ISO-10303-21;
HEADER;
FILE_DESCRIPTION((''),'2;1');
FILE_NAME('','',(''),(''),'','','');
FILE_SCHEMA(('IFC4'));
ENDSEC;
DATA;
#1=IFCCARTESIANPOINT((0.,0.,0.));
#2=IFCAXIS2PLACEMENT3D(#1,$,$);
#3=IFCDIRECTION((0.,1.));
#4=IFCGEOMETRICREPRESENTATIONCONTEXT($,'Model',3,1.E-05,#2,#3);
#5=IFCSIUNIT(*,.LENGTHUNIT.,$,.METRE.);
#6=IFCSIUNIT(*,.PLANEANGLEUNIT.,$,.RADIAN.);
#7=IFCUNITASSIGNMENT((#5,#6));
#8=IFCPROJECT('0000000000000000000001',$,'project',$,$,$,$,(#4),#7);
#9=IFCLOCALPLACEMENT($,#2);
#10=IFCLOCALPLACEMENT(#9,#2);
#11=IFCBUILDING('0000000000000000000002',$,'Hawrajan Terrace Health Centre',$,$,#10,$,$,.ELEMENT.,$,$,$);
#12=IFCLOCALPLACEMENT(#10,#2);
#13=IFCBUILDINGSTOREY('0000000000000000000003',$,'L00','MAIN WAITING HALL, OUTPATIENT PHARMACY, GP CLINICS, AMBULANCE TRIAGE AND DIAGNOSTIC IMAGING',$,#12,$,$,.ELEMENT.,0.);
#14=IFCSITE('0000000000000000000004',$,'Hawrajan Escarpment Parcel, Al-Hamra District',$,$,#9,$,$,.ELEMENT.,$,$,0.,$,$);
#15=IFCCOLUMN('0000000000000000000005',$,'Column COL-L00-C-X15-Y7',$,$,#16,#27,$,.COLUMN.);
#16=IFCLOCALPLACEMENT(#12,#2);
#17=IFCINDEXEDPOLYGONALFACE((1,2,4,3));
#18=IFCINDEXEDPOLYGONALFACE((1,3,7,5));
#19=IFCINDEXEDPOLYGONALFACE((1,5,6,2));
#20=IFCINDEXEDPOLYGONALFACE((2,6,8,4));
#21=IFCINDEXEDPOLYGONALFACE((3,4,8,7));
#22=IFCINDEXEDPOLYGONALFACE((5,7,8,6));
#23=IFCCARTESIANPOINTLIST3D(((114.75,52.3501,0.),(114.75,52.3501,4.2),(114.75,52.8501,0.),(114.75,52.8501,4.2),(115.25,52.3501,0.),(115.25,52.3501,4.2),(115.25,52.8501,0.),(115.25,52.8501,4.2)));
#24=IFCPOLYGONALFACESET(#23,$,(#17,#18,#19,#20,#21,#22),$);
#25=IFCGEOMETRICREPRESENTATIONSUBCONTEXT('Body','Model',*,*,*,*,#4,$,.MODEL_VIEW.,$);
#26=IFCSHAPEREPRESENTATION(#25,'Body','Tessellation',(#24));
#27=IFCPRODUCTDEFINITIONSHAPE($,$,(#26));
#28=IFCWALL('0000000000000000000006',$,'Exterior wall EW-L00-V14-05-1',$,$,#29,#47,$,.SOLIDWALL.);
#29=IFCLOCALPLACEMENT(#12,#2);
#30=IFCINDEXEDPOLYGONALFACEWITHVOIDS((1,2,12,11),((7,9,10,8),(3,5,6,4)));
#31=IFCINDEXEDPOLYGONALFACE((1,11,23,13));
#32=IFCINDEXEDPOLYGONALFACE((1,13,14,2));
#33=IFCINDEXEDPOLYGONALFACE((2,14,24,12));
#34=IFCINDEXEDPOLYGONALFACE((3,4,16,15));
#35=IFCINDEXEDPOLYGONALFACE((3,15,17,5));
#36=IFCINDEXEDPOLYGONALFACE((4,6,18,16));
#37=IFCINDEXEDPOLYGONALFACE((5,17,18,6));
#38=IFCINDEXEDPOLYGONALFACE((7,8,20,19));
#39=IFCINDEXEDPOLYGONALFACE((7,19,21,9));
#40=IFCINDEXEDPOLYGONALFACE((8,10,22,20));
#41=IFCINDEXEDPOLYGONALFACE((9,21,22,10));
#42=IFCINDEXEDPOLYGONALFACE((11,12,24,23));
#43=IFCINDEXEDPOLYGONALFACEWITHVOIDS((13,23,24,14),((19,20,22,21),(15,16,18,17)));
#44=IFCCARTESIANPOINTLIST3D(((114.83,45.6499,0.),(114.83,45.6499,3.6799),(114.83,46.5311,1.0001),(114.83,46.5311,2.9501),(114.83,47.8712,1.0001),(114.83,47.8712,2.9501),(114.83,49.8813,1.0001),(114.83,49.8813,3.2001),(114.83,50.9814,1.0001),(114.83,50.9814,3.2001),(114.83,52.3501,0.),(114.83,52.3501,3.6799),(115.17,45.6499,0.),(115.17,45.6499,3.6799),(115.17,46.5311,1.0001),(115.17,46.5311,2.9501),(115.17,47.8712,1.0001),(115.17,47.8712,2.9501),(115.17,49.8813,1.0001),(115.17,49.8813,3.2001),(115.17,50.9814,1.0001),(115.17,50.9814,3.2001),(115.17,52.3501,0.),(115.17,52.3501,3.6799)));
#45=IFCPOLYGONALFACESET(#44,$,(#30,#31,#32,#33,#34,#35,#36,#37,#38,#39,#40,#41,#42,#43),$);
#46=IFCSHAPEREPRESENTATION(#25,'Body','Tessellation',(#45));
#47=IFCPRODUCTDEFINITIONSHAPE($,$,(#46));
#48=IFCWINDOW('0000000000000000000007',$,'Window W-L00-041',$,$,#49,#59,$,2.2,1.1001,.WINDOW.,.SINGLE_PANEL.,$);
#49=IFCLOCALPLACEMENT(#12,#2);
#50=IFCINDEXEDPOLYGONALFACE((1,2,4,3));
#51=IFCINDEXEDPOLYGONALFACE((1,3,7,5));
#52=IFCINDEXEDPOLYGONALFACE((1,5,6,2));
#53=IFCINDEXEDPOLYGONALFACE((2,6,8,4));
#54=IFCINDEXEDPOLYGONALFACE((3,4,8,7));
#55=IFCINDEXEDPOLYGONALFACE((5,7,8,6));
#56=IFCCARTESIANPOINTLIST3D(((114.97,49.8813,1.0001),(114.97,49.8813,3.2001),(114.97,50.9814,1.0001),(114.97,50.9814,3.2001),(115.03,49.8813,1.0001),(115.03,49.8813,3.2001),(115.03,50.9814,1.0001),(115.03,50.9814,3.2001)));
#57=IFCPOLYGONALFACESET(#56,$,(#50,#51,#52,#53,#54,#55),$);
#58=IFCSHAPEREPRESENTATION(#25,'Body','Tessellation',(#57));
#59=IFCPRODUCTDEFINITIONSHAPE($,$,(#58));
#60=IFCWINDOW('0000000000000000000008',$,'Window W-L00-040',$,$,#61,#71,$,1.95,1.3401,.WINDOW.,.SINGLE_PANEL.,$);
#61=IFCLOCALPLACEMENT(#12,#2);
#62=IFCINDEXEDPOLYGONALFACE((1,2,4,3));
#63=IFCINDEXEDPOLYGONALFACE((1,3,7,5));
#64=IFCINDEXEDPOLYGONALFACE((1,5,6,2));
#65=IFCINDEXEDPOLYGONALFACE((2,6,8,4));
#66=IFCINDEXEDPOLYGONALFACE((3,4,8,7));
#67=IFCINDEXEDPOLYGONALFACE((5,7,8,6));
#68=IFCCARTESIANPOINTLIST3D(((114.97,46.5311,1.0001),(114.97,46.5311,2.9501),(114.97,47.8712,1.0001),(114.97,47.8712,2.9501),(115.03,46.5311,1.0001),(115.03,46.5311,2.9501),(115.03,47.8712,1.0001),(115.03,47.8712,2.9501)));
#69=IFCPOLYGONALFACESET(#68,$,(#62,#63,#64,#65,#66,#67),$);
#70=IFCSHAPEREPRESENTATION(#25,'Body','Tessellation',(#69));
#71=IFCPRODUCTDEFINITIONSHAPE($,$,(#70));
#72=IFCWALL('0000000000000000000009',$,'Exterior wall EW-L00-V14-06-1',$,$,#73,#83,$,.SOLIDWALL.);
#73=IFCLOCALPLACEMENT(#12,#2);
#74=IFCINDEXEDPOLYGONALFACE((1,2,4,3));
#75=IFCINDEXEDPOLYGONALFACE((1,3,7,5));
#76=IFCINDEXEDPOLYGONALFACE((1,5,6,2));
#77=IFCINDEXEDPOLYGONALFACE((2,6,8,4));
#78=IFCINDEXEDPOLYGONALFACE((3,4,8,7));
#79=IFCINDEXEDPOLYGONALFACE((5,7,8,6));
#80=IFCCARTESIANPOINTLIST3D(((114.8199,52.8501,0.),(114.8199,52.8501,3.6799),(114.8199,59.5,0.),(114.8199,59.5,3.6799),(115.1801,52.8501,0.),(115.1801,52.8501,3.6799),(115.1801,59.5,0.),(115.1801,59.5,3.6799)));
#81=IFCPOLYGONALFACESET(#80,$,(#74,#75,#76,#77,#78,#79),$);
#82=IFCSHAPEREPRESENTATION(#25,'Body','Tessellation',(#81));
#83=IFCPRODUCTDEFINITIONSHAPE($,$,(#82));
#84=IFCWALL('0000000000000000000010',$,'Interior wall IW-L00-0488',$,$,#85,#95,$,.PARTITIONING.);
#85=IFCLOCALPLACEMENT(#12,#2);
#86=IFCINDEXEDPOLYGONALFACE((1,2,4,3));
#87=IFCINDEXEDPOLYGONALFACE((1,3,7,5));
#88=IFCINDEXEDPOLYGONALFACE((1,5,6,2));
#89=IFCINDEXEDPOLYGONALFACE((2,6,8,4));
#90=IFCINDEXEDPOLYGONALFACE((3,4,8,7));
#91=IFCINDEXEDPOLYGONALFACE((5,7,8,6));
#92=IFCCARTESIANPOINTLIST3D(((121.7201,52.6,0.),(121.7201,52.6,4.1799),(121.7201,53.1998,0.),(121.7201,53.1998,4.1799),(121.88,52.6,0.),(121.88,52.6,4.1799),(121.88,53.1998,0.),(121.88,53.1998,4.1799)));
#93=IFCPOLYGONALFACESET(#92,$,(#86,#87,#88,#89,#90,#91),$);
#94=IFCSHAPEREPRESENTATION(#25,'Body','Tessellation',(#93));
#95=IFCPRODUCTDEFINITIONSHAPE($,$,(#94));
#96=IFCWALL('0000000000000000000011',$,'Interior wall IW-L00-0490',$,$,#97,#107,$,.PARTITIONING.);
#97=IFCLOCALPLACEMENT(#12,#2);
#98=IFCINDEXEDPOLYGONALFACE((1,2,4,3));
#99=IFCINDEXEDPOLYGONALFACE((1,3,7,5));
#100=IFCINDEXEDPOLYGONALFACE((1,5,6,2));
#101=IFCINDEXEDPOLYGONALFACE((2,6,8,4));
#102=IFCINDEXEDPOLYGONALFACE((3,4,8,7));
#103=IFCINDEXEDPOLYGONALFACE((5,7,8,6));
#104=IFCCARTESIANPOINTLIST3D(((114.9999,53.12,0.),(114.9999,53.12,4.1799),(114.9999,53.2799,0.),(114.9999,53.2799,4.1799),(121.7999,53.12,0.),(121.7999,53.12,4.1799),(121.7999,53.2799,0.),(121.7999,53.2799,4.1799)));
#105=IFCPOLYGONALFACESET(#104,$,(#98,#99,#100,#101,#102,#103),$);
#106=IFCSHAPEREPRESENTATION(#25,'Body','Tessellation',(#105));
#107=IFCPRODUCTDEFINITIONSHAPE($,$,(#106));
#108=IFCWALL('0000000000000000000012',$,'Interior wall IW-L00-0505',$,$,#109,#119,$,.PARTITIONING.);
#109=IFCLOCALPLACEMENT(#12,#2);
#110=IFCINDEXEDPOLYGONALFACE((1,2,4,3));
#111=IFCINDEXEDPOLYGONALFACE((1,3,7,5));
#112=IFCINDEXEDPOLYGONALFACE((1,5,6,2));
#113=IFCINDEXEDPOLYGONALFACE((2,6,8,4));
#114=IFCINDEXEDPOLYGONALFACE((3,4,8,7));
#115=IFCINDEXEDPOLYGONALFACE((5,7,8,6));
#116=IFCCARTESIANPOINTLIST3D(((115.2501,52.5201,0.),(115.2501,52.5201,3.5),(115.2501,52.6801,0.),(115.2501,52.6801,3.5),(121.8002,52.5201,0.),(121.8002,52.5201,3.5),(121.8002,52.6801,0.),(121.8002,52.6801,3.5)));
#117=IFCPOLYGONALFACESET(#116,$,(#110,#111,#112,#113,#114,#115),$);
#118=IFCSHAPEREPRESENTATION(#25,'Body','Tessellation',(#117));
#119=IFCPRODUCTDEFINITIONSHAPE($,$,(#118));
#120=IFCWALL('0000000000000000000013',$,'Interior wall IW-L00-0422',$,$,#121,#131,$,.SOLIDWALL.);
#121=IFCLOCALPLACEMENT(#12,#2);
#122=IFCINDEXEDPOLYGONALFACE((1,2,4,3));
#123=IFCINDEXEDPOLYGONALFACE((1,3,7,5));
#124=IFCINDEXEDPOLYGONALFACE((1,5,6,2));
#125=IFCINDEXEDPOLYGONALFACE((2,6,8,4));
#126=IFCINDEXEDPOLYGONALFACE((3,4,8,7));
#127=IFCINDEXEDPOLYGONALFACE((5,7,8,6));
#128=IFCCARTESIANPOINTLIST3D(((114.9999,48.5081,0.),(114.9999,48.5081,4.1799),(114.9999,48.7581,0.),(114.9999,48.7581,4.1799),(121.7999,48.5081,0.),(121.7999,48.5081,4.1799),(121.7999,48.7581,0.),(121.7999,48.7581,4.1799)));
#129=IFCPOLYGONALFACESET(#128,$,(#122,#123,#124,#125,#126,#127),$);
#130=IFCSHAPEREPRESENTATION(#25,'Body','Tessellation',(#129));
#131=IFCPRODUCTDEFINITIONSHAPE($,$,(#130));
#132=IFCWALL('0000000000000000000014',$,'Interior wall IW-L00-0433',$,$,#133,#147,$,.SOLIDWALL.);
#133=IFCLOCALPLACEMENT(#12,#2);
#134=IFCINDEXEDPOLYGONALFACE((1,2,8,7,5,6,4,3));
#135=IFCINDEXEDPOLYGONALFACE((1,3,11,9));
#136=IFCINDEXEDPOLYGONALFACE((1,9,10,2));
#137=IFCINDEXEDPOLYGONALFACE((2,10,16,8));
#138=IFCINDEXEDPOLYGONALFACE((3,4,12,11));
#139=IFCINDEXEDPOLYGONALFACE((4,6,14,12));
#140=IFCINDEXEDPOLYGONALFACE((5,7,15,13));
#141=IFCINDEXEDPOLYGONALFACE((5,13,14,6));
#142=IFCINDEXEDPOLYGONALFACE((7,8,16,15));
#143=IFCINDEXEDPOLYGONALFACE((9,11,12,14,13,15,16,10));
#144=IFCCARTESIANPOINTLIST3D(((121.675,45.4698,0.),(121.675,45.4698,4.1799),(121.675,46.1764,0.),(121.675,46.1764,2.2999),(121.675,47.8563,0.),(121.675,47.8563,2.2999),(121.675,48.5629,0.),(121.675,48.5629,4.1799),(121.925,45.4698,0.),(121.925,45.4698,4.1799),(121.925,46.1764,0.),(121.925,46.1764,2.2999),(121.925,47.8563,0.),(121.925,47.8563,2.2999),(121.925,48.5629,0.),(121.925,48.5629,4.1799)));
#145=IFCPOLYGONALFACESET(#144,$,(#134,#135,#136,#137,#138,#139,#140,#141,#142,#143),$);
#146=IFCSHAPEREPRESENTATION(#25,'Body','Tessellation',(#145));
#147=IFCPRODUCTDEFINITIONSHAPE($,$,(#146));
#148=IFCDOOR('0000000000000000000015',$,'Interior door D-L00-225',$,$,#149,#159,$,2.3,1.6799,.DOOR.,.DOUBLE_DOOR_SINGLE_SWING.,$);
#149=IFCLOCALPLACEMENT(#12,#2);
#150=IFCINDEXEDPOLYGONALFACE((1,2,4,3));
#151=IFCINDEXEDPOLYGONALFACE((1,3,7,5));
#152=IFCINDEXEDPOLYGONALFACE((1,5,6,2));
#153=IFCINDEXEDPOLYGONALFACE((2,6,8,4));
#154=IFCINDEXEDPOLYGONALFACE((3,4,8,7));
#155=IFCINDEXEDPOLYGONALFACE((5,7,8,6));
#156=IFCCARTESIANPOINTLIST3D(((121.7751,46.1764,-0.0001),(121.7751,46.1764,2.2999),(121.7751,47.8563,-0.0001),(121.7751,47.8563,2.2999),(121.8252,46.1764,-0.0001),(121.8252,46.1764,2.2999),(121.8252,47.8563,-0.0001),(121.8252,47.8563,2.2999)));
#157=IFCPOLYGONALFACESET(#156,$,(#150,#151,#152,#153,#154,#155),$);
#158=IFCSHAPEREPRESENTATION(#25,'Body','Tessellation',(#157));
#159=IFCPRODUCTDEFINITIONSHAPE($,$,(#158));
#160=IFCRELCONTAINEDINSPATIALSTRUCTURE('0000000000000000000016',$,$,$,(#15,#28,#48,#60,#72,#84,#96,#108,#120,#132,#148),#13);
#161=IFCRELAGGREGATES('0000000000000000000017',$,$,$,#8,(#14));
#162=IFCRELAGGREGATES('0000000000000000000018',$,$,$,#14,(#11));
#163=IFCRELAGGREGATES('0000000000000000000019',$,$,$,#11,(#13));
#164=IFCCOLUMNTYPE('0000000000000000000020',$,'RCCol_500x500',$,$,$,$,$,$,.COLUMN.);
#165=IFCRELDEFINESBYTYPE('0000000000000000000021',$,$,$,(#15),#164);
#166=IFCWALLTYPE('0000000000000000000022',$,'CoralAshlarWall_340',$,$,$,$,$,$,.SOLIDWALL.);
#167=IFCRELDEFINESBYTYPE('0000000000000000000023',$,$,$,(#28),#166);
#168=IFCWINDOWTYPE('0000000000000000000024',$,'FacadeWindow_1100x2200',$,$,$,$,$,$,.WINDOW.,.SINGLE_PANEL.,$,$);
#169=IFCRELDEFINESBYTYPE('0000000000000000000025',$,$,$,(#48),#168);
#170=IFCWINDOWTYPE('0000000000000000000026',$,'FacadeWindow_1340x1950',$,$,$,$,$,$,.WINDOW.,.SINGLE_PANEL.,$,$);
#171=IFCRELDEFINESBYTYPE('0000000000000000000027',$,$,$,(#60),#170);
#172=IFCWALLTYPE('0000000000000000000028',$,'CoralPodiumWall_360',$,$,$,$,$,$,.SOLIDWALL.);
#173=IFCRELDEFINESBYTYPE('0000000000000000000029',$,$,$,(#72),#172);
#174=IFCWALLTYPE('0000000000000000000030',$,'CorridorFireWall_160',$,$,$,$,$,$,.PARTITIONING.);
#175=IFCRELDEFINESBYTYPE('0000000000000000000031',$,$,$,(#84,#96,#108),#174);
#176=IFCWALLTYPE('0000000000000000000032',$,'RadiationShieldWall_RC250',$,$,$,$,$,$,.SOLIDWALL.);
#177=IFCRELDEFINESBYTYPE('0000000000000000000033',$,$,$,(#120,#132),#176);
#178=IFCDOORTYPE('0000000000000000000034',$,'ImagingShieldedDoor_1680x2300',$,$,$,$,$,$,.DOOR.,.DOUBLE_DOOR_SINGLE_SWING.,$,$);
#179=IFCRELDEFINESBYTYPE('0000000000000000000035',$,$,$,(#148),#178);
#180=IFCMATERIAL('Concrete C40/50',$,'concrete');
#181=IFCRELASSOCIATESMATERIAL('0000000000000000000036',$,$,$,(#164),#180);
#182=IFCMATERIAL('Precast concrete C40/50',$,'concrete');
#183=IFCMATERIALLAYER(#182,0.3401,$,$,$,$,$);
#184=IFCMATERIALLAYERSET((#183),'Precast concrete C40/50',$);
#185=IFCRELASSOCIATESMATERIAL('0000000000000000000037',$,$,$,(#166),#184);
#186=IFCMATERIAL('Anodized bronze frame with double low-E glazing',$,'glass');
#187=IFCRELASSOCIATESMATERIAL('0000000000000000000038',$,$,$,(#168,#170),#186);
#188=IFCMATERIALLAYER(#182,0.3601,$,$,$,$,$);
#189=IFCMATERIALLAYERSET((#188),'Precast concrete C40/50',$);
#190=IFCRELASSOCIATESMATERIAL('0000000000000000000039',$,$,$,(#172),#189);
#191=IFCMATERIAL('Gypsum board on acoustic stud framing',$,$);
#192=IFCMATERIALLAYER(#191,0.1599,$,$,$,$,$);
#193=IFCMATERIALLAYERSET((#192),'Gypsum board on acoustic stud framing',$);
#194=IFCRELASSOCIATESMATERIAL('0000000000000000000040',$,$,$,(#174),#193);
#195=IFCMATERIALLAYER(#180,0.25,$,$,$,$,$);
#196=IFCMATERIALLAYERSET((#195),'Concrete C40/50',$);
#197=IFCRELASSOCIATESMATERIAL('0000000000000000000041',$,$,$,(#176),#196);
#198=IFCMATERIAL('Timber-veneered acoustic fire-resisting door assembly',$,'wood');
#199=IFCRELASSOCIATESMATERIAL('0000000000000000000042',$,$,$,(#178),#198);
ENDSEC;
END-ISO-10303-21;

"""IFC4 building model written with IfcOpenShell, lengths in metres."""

from ifc_helpers import new_model, si_unit, direction, frame, frame_2d, origin, origin_2d, place, context, subcontext, project, spatial, rectangle, extrude, material, layer, layer_set, material_profile, profile_set, type_object, element, fill, save


model = new_model("IFC4")

# Units and contexts
model_context = context("Model", 3, precision=1e-05, world=origin(), true_north=direction((0.0, 1.0)))
body_context = subcontext(model_context, "Body", "Model", "MODEL_VIEW")
ifc_project = project(units=[si_unit("LENGTHUNIT", "METRE"), si_unit("PLANEANGLEUNIT", "RADIAN")], contexts=[model_context])

# Site, building, storey
site_placement = place(None, origin())
site = spatial("IfcSite", under=ifc_project, at=site_placement, Name="Hawrajan Escarpment Parcel, Al-Hamra District", CompositionType="ELEMENT", RefElevation=0.0)
building_placement = place(site_placement, origin())
building = spatial("IfcBuilding", under=site, at=building_placement, Name="Hawrajan Terrace Health Centre", CompositionType="ELEMENT")
storey_placement = place(building_placement, origin())
storey = spatial("IfcBuildingStorey", under=building, at=storey_placement, Name="L00", Description="MAIN WAITING HALL, OUTPATIENT PHARMACY, GP CLINICS, AMBULANCE TRIAGE AND DIAGNOSTIC IMAGING", CompositionType="ELEMENT", Elevation=0.0)

# Shared definitions
ifc_material_1 = material(Name="Concrete C40/50", Category="concrete")

# Column
ifc_material_profile_1 = material_profile(ifc_material_1, rectangle(XDim=0.5, YDim=0.5, at=origin_2d()), Name="RC 500x500")
ifc_profile_set_1 = profile_set([ifc_material_profile_1], Name="Concrete C40/50")
column_type = type_object("IfcColumnType", Name="RCCol_500x500", PredefinedType="COLUMN", material=ifc_profile_set_1)
column_placement = place(storey_placement, frame((115.0, 52.6001, 0.0), z_axis=(0.0, 0.0, 1.0), x_axis=(1.0, 0.0, 0.0)))
element("IfcColumn", 1, at=column_placement, inside=storey, type_object=column_type, Name="Column COL-L00-C-X15-Y7", PredefinedType="COLUMN", context=body_context, shape_type="SweptSolid", body=[
    extrude(rectangle(XDim=0.5, YDim=0.5, at=origin_2d()), origin(), (0.0, 0.0, 1.0), 4.2),
])

# Wall, openings, windows
ifc_material_2 = material(Name="Precast concrete C40/50", Category="concrete")
ifc_layer_1 = layer(ifc_material_2, 0.3401)
ifc_layer_set_1 = layer_set([ifc_layer_1], Name="Precast concrete C40/50")
wall_type_1 = type_object("IfcWallType", Name="CoralAshlarWall_340", PredefinedType="SOLIDWALL", material=ifc_layer_set_1)
wall_1_placement = place(storey_placement, frame((115.0, 45.6499, 0.0), z_axis=(0.0, 0.0, 1.0), x_axis=(0.0, 1.0, 0.0)))
wall_1 = element("IfcWall", 2, at=wall_1_placement, inside=storey, type_object=wall_type_1, Name="Exterior wall EW-L00-V14-05-1", PredefinedType="SOLIDWALL", context=body_context, shape_type="SweptSolid", body=[
    extrude(rectangle(XDim=6.7002, YDim=0.3401, at=frame_2d((3.3501, 0.0))), origin(), (0.0, 0.0, 1.0), 3.6799),
])
opening_1_placement = place(wall_1_placement, frame((0.8813, 0.0, 1.0)))
opening_1 = element("IfcOpeningElement", 3, at=opening_1_placement, cuts=wall_1, PredefinedType="OPENING", context=body_context, shape_type="SweptSolid", body=[
    extrude(rectangle(XDim=1.3401, YDim=1.95, at=frame_2d((0.6699, 0.9751))), frame((0.0, 0.1799, 0.0), z_axis=(0.0, -1.0, 0.0), x_axis=(1.0, 0.0, 0.0)), (0.0, 0.0, 1.0), 0.3601),
])
opening_2_placement = place(wall_1_placement, frame((4.2314, 0.0, 1.0)))
opening_2 = element("IfcOpeningElement", 4, at=opening_2_placement, cuts=wall_1, PredefinedType="OPENING", context=body_context, shape_type="SweptSolid", body=[
    extrude(rectangle(XDim=1.1001, YDim=2.2, at=frame_2d((0.55, 1.1001))), frame((0.0, 0.1799, 0.0), z_axis=(0.0, -1.0, 0.0), x_axis=(1.0, 0.0, 0.0)), (0.0, 0.0, 1.0), 0.3601),
])
ifc_material_3 = material(Name="Anodized bronze frame with double low-E glazing", Category="glass")
window_type_1 = type_object("IfcWindowType", Name="FacadeWindow_1100x2200", PartitioningType="SINGLE_PANEL", PredefinedType="WINDOW", material=ifc_material_3)
window_1_placement = place(opening_2_placement, origin())
window_1 = element("IfcWindow", 5, at=window_1_placement, inside=storey, type_object=window_type_1, Name="Window W-L00-041", OverallHeight=2.2, OverallWidth=1.1001, PartitioningType="SINGLE_PANEL", PredefinedType="WINDOW", context=body_context, shape_type="SweptSolid", body=[
    extrude(rectangle(XDim=1.1001, YDim=2.2, at=frame_2d((0.55, 1.1001))), frame((0.0, 0.03, 0.0), z_axis=(0.0, -1.0, 0.0), x_axis=(1.0, 0.0, 0.0)), (0.0, 0.0, 1.0), 0.0601),
])
fill(opening_2, window_1)
window_type_2 = type_object("IfcWindowType", Name="FacadeWindow_1340x1950", PartitioningType="SINGLE_PANEL", PredefinedType="WINDOW", material=ifc_material_3)
window_2_placement = place(opening_1_placement, origin())
window_2 = element("IfcWindow", 6, at=window_2_placement, inside=storey, type_object=window_type_2, Name="Window W-L00-040", OverallHeight=1.95, OverallWidth=1.3401, PartitioningType="SINGLE_PANEL", PredefinedType="WINDOW", context=body_context, shape_type="SweptSolid", body=[
    extrude(rectangle(XDim=1.3401, YDim=1.95, at=frame_2d((0.6699, 0.9751))), frame((0.0, 0.03, 0.0), z_axis=(0.0, -1.0, 0.0), x_axis=(1.0, 0.0, 0.0)), (0.0, 0.0, 1.0), 0.0601),
])
fill(opening_1, window_2)

# Walls
ifc_layer_2 = layer(ifc_material_2, 0.3601)
ifc_layer_set_2 = layer_set([ifc_layer_2], Name="Precast concrete C40/50")
wall_type_2 = type_object("IfcWallType", Name="CoralPodiumWall_360", PredefinedType="SOLIDWALL", material=ifc_layer_set_2)
wall_2_placement = place(storey_placement, frame((115.0, 52.8501, 0.0), z_axis=(0.0, 0.0, 1.0), x_axis=(0.0, 1.0, 0.0)))
element("IfcWall", 7, at=wall_2_placement, inside=storey, type_object=wall_type_2, Name="Exterior wall EW-L00-V14-06-1", PredefinedType="SOLIDWALL", context=body_context, shape_type="SweptSolid", body=[
    extrude(rectangle(XDim=6.6499, YDim=0.3601, at=frame_2d((3.325, 0.0))), origin(), (0.0, 0.0, 1.0), 3.6799),
])
ifc_material_4 = material(Name="Gypsum board on acoustic stud framing")
ifc_layer_3 = layer(ifc_material_4, 0.1599)
ifc_layer_set_3 = layer_set([ifc_layer_3], Name="Gypsum board on acoustic stud framing")
wall_type_3 = type_object("IfcWallType", Name="CorridorFireWall_160", PredefinedType="PARTITIONING", material=ifc_layer_set_3)
wall_3_placement = place(storey_placement, frame((121.8, 52.6001, 0.0), z_axis=(0.0, 0.0, 1.0), x_axis=(0.0, 1.0, 0.0)))
element("IfcWall", 8, at=wall_3_placement, inside=storey, type_object=wall_type_3, Name="Interior wall IW-L00-0488", PredefinedType="PARTITIONING", context=body_context, shape_type="SweptSolid", body=[
    extrude(rectangle(XDim=0.5999, YDim=0.1599, at=frame_2d((0.2998, 0.0))), origin(), (0.0, 0.0, 1.0), 4.1799),
])
wall_4_placement = place(storey_placement, frame((115.0, 53.2, 0.0), z_axis=(0.0, 0.0, 1.0), x_axis=(1.0, 0.0, 0.0)))
element("IfcWall", 9, at=wall_4_placement, inside=storey, type_object=wall_type_3, Name="Interior wall IW-L00-0490", PredefinedType="PARTITIONING", context=body_context, shape_type="SweptSolid", body=[
    extrude(rectangle(XDim=6.8, YDim=0.1599, at=frame_2d((3.3999, 0.0))), origin(), (0.0, 0.0, 1.0), 4.1799),
])
wall_5_placement = place(storey_placement, frame((121.8, 52.6001, 0.0), z_axis=(0.0, 0.0, 1.0), x_axis=(-1.0, 0.0, 0.0)))
element("IfcWall", 10, at=wall_5_placement, inside=storey, type_object=wall_type_3, Name="Interior wall IW-L00-0505", PredefinedType="PARTITIONING", context=body_context, shape_type="SweptSolid", body=[
    extrude(rectangle(XDim=6.55, YDim=0.1599, at=frame_2d((3.2749, 0.0))), origin(), (0.0, 0.0, 1.0), 3.5),
])
ifc_layer_4 = layer(ifc_material_1, 0.25)
ifc_layer_set_4 = layer_set([ifc_layer_4], Name="Concrete C40/50")
wall_type_4 = type_object("IfcWallType", Name="RadiationShieldWall_RC250", PredefinedType="SOLIDWALL", material=ifc_layer_set_4)
wall_6_placement = place(storey_placement, frame((115.0, 48.6331, 0.0), z_axis=(0.0, 0.0, 1.0), x_axis=(1.0, 0.0, 0.0)))
element("IfcWall", 11, at=wall_6_placement, inside=storey, type_object=wall_type_4, Name="Interior wall IW-L00-0422", PredefinedType="SOLIDWALL", context=body_context, shape_type="SweptSolid", body=[
    extrude(rectangle(XDim=6.8, YDim=0.25, at=frame_2d((3.3999, 0.0))), origin(), (0.0, 0.0, 1.0), 4.1799),
])

# Wall, opening, door
wall_7_placement = place(storey_placement, frame((121.8, 45.47, 0.0), z_axis=(0.0, 0.0, 1.0), x_axis=(0.0, 1.0, 0.0)))
wall_7 = element("IfcWall", 12, at=wall_7_placement, inside=storey, type_object=wall_type_4, Name="Interior wall IW-L00-0433", PredefinedType="SOLIDWALL", context=body_context, shape_type="SweptSolid", body=[
    extrude(rectangle(XDim=3.093, YDim=0.25, at=frame_2d((1.5464, 0.0))), origin(), (0.0, 0.0, 1.0), 4.1799),
])
opening_3_placement = place(wall_7_placement, frame((0.7065, 0.0, 0.0)))
opening_3 = element("IfcOpeningElement", 13, at=opening_3_placement, cuts=wall_7, PredefinedType="OPENING", context=body_context, shape_type="SweptSolid", body=[
    extrude(rectangle(XDim=1.6799, YDim=2.3, at=frame_2d((0.8398, 1.1499))), frame((0.0, 0.135, 0.0), z_axis=(0.0, -1.0, 0.0), x_axis=(1.0, 0.0, 0.0)), (0.0, 0.0, 1.0), 0.27),
])
ifc_material_5 = material(Name="Timber-veneered acoustic fire-resisting door assembly", Category="wood")
door_type_1 = type_object("IfcDoorType", Name="ImagingShieldedDoor_1680x2300", OperationType="DOUBLE_DOOR_SINGLE_SWING", PredefinedType="DOOR", material=ifc_material_5)
door_1_placement = place(opening_3_placement, origin())
door_1 = element("IfcDoor", 14, at=door_1_placement, inside=storey, type_object=door_type_1, Name="Interior door D-L00-225", OperationType="DOUBLE_DOOR_SINGLE_SWING", OverallHeight=2.3, OverallWidth=1.6799, PredefinedType="DOOR", context=body_context, shape_type="SweptSolid", body=[
    extrude(rectangle(XDim=1.6799, YDim=2.3, at=frame_2d((0.8398, 1.1499))), frame((0.0, 0.0249, 0.0), z_axis=(0.0, -1.0, 0.0), x_axis=(1.0, 0.0, 0.0)), (0.0, 0.0, 1.0), 0.05),
])
fill(opening_3, door_1)

save(model, "model.ifc")
